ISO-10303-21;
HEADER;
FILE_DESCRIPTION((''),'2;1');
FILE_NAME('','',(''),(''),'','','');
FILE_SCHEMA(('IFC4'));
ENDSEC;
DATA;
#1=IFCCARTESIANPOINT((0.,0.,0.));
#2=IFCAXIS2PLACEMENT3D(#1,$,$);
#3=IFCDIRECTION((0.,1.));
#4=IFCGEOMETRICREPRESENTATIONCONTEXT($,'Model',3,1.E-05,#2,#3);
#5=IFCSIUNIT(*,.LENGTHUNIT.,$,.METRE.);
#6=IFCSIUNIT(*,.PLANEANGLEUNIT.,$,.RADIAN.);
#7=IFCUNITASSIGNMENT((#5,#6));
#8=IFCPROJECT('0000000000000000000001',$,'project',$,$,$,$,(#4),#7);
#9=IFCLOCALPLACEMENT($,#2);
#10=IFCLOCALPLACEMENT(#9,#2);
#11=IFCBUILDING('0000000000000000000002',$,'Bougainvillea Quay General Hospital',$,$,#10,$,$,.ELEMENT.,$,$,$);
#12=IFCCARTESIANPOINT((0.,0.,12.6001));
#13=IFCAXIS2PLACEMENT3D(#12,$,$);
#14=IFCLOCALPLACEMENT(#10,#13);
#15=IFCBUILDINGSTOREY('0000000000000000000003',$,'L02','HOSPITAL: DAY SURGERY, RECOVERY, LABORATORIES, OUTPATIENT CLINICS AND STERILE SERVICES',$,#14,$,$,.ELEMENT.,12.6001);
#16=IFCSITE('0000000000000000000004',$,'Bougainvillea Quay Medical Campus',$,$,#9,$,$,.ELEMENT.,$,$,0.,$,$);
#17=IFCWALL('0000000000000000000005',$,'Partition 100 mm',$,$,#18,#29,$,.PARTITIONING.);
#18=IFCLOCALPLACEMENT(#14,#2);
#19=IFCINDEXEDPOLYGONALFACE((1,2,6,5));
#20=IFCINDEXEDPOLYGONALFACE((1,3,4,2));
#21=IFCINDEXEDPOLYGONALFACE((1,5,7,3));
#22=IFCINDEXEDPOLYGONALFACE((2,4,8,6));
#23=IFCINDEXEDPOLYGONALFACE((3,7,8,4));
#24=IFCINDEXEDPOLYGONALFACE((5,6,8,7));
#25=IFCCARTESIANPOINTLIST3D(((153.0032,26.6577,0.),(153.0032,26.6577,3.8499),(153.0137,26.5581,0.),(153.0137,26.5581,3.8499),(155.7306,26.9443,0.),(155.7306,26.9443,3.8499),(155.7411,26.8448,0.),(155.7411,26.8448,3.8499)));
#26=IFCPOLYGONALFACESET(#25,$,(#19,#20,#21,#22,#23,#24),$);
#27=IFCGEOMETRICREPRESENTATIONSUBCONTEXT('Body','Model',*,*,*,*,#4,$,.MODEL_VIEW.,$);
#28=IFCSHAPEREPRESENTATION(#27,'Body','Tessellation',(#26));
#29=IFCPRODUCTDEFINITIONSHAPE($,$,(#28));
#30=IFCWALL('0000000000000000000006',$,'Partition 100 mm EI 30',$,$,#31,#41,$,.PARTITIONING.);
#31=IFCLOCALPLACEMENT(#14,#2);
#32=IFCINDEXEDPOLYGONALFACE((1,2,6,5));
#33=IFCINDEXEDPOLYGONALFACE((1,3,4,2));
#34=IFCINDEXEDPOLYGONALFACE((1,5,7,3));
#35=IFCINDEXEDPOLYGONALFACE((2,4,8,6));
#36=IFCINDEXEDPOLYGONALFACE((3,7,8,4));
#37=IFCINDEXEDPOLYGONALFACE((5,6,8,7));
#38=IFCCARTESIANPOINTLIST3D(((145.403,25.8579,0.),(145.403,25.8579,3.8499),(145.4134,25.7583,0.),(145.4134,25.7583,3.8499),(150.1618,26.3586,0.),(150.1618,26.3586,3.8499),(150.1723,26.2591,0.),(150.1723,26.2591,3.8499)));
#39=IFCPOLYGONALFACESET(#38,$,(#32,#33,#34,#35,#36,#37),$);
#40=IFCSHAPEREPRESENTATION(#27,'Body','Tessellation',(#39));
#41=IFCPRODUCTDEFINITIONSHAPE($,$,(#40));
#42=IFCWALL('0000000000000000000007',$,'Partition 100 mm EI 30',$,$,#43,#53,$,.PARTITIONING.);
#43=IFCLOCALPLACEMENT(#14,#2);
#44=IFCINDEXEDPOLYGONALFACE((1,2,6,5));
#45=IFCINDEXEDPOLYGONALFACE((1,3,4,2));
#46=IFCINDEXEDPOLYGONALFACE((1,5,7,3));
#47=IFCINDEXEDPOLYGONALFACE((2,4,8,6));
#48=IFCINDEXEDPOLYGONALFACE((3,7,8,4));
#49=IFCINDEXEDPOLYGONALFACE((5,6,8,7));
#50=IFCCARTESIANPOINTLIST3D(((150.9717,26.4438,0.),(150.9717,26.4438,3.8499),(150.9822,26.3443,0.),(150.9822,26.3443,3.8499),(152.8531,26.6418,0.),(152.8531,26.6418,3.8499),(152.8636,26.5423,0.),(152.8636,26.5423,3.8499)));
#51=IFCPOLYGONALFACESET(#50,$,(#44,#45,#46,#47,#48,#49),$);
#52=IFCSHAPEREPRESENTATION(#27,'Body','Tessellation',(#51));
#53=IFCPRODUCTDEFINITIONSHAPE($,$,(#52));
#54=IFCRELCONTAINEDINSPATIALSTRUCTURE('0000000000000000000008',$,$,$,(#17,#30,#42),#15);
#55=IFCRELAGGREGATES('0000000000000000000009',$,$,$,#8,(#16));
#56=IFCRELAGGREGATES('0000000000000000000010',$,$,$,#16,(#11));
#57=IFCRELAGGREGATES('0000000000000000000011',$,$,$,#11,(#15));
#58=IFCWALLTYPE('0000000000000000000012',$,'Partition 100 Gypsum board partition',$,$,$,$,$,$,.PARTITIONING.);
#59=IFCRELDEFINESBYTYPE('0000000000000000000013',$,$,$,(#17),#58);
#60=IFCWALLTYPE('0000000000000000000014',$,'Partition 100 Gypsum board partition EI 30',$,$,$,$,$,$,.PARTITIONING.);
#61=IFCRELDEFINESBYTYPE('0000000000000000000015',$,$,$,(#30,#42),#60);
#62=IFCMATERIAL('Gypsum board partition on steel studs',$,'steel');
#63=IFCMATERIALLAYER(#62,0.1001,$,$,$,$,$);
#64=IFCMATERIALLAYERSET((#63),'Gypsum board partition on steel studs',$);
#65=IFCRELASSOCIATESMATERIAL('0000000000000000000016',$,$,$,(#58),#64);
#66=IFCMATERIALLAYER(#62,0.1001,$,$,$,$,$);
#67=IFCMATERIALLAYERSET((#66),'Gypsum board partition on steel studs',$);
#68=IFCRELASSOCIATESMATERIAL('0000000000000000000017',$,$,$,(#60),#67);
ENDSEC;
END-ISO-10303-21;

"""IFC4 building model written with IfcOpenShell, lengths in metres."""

from ifc_helpers import new_model, si_unit, direction, frame, frame_2d, origin, place, context, subcontext, project, spatial, rectangle, extrude, material, layer, layer_set, type_object, element, save


model = new_model("IFC4")

# Units and contexts
model_context = context("Model", 3, precision=1e-05, world=origin(), true_north=direction((0.0, 1.0)))
body_context = subcontext(model_context, "Body", "Model", "MODEL_VIEW")
ifc_project = project(units=[si_unit("LENGTHUNIT", "METRE"), si_unit("PLANEANGLEUNIT", "RADIAN")], contexts=[model_context])

# Site, building, storey
site_placement = place(None, origin())
site = spatial("IfcSite", under=ifc_project, at=site_placement, Name="Bougainvillea Quay Medical Campus", CompositionType="ELEMENT", RefElevation=0.0)
building_placement = place(site_placement, origin())
building = spatial("IfcBuilding", under=site, at=building_placement, Name="Bougainvillea Quay General Hospital", CompositionType="ELEMENT")
storey_placement = place(building_placement, frame((0.0, 0.0, 12.6001)))
storey = spatial("IfcBuildingStorey", under=building, at=storey_placement, Name="L02", Description="HOSPITAL: DAY SURGERY, RECOVERY, LABORATORIES, OUTPATIENT CLINICS AND STERILE SERVICES", CompositionType="ELEMENT", Elevation=12.6001)

# Walls
ifc_material_1 = material(Name="Gypsum board partition on steel studs", Category="steel")
ifc_layer_1 = layer(ifc_material_1, 0.1001)
ifc_layer_set_1 = layer_set([ifc_layer_1], Name="Gypsum board partition on steel studs")
wall_type_1 = type_object("IfcWallType", Name="Partition 100 Gypsum board partition", PredefinedType="PARTITIONING", material=ifc_layer_set_1)
wall_1_placement = place(storey_placement, frame((153.0085, 26.6079, 0.0), z_axis=(0.0, 0.0, 1.0), x_axis=(0.994523, 0.104518, 0.0)))
element("IfcWall", 1, at=wall_1_placement, inside=storey, type_object=wall_type_1, Name="Partition 100 mm", PredefinedType="PARTITIONING", context=body_context, shape_type="SweptSolid", body=[
    extrude(rectangle(XDim=2.7424, YDim=0.1001, at=frame_2d((1.3711, 0.0))), origin(), (0.0, 0.0, 1.0), 3.8499),
])
ifc_layer_2 = layer(ifc_material_1, 0.1001)
ifc_layer_set_2 = layer_set([ifc_layer_2], Name="Gypsum board partition on steel studs")
wall_type_2 = type_object("IfcWallType", Name="Partition 100 Gypsum board partition EI 30", PredefinedType="PARTITIONING", material=ifc_layer_set_2)
wall_2_placement = place(storey_placement, frame((145.4082, 25.8081, 0.0), z_axis=(0.0, 0.0, 1.0), x_axis=(0.99451, 0.104645, 0.0)))
element("IfcWall", 2, at=wall_2_placement, inside=storey, type_object=wall_type_2, Name="Partition 100 mm EI 30", PredefinedType="PARTITIONING", context=body_context, shape_type="SweptSolid", body=[
    extrude(rectangle(XDim=4.7852, YDim=0.1001, at=frame_2d((2.3926, 0.0))), origin(), (0.0, 0.0, 1.0), 3.8499),
])
wall_3_placement = place(storey_placement, frame((150.9771, 26.394, 0.0), z_axis=(0.0, 0.0, 1.0), x_axis=(0.994508, 0.104665, 0.0)))
element("IfcWall", 3, at=wall_3_placement, inside=storey, type_object=wall_type_2, Name="Partition 100 mm EI 30", PredefinedType="PARTITIONING", context=body_context, shape_type="SweptSolid", body=[
    extrude(rectangle(XDim=1.8918, YDim=0.1001, at=frame_2d((0.9458, 0.0))), origin(), (0.0, 0.0, 1.0), 3.8499),
])

save(model, "model.ifc")
